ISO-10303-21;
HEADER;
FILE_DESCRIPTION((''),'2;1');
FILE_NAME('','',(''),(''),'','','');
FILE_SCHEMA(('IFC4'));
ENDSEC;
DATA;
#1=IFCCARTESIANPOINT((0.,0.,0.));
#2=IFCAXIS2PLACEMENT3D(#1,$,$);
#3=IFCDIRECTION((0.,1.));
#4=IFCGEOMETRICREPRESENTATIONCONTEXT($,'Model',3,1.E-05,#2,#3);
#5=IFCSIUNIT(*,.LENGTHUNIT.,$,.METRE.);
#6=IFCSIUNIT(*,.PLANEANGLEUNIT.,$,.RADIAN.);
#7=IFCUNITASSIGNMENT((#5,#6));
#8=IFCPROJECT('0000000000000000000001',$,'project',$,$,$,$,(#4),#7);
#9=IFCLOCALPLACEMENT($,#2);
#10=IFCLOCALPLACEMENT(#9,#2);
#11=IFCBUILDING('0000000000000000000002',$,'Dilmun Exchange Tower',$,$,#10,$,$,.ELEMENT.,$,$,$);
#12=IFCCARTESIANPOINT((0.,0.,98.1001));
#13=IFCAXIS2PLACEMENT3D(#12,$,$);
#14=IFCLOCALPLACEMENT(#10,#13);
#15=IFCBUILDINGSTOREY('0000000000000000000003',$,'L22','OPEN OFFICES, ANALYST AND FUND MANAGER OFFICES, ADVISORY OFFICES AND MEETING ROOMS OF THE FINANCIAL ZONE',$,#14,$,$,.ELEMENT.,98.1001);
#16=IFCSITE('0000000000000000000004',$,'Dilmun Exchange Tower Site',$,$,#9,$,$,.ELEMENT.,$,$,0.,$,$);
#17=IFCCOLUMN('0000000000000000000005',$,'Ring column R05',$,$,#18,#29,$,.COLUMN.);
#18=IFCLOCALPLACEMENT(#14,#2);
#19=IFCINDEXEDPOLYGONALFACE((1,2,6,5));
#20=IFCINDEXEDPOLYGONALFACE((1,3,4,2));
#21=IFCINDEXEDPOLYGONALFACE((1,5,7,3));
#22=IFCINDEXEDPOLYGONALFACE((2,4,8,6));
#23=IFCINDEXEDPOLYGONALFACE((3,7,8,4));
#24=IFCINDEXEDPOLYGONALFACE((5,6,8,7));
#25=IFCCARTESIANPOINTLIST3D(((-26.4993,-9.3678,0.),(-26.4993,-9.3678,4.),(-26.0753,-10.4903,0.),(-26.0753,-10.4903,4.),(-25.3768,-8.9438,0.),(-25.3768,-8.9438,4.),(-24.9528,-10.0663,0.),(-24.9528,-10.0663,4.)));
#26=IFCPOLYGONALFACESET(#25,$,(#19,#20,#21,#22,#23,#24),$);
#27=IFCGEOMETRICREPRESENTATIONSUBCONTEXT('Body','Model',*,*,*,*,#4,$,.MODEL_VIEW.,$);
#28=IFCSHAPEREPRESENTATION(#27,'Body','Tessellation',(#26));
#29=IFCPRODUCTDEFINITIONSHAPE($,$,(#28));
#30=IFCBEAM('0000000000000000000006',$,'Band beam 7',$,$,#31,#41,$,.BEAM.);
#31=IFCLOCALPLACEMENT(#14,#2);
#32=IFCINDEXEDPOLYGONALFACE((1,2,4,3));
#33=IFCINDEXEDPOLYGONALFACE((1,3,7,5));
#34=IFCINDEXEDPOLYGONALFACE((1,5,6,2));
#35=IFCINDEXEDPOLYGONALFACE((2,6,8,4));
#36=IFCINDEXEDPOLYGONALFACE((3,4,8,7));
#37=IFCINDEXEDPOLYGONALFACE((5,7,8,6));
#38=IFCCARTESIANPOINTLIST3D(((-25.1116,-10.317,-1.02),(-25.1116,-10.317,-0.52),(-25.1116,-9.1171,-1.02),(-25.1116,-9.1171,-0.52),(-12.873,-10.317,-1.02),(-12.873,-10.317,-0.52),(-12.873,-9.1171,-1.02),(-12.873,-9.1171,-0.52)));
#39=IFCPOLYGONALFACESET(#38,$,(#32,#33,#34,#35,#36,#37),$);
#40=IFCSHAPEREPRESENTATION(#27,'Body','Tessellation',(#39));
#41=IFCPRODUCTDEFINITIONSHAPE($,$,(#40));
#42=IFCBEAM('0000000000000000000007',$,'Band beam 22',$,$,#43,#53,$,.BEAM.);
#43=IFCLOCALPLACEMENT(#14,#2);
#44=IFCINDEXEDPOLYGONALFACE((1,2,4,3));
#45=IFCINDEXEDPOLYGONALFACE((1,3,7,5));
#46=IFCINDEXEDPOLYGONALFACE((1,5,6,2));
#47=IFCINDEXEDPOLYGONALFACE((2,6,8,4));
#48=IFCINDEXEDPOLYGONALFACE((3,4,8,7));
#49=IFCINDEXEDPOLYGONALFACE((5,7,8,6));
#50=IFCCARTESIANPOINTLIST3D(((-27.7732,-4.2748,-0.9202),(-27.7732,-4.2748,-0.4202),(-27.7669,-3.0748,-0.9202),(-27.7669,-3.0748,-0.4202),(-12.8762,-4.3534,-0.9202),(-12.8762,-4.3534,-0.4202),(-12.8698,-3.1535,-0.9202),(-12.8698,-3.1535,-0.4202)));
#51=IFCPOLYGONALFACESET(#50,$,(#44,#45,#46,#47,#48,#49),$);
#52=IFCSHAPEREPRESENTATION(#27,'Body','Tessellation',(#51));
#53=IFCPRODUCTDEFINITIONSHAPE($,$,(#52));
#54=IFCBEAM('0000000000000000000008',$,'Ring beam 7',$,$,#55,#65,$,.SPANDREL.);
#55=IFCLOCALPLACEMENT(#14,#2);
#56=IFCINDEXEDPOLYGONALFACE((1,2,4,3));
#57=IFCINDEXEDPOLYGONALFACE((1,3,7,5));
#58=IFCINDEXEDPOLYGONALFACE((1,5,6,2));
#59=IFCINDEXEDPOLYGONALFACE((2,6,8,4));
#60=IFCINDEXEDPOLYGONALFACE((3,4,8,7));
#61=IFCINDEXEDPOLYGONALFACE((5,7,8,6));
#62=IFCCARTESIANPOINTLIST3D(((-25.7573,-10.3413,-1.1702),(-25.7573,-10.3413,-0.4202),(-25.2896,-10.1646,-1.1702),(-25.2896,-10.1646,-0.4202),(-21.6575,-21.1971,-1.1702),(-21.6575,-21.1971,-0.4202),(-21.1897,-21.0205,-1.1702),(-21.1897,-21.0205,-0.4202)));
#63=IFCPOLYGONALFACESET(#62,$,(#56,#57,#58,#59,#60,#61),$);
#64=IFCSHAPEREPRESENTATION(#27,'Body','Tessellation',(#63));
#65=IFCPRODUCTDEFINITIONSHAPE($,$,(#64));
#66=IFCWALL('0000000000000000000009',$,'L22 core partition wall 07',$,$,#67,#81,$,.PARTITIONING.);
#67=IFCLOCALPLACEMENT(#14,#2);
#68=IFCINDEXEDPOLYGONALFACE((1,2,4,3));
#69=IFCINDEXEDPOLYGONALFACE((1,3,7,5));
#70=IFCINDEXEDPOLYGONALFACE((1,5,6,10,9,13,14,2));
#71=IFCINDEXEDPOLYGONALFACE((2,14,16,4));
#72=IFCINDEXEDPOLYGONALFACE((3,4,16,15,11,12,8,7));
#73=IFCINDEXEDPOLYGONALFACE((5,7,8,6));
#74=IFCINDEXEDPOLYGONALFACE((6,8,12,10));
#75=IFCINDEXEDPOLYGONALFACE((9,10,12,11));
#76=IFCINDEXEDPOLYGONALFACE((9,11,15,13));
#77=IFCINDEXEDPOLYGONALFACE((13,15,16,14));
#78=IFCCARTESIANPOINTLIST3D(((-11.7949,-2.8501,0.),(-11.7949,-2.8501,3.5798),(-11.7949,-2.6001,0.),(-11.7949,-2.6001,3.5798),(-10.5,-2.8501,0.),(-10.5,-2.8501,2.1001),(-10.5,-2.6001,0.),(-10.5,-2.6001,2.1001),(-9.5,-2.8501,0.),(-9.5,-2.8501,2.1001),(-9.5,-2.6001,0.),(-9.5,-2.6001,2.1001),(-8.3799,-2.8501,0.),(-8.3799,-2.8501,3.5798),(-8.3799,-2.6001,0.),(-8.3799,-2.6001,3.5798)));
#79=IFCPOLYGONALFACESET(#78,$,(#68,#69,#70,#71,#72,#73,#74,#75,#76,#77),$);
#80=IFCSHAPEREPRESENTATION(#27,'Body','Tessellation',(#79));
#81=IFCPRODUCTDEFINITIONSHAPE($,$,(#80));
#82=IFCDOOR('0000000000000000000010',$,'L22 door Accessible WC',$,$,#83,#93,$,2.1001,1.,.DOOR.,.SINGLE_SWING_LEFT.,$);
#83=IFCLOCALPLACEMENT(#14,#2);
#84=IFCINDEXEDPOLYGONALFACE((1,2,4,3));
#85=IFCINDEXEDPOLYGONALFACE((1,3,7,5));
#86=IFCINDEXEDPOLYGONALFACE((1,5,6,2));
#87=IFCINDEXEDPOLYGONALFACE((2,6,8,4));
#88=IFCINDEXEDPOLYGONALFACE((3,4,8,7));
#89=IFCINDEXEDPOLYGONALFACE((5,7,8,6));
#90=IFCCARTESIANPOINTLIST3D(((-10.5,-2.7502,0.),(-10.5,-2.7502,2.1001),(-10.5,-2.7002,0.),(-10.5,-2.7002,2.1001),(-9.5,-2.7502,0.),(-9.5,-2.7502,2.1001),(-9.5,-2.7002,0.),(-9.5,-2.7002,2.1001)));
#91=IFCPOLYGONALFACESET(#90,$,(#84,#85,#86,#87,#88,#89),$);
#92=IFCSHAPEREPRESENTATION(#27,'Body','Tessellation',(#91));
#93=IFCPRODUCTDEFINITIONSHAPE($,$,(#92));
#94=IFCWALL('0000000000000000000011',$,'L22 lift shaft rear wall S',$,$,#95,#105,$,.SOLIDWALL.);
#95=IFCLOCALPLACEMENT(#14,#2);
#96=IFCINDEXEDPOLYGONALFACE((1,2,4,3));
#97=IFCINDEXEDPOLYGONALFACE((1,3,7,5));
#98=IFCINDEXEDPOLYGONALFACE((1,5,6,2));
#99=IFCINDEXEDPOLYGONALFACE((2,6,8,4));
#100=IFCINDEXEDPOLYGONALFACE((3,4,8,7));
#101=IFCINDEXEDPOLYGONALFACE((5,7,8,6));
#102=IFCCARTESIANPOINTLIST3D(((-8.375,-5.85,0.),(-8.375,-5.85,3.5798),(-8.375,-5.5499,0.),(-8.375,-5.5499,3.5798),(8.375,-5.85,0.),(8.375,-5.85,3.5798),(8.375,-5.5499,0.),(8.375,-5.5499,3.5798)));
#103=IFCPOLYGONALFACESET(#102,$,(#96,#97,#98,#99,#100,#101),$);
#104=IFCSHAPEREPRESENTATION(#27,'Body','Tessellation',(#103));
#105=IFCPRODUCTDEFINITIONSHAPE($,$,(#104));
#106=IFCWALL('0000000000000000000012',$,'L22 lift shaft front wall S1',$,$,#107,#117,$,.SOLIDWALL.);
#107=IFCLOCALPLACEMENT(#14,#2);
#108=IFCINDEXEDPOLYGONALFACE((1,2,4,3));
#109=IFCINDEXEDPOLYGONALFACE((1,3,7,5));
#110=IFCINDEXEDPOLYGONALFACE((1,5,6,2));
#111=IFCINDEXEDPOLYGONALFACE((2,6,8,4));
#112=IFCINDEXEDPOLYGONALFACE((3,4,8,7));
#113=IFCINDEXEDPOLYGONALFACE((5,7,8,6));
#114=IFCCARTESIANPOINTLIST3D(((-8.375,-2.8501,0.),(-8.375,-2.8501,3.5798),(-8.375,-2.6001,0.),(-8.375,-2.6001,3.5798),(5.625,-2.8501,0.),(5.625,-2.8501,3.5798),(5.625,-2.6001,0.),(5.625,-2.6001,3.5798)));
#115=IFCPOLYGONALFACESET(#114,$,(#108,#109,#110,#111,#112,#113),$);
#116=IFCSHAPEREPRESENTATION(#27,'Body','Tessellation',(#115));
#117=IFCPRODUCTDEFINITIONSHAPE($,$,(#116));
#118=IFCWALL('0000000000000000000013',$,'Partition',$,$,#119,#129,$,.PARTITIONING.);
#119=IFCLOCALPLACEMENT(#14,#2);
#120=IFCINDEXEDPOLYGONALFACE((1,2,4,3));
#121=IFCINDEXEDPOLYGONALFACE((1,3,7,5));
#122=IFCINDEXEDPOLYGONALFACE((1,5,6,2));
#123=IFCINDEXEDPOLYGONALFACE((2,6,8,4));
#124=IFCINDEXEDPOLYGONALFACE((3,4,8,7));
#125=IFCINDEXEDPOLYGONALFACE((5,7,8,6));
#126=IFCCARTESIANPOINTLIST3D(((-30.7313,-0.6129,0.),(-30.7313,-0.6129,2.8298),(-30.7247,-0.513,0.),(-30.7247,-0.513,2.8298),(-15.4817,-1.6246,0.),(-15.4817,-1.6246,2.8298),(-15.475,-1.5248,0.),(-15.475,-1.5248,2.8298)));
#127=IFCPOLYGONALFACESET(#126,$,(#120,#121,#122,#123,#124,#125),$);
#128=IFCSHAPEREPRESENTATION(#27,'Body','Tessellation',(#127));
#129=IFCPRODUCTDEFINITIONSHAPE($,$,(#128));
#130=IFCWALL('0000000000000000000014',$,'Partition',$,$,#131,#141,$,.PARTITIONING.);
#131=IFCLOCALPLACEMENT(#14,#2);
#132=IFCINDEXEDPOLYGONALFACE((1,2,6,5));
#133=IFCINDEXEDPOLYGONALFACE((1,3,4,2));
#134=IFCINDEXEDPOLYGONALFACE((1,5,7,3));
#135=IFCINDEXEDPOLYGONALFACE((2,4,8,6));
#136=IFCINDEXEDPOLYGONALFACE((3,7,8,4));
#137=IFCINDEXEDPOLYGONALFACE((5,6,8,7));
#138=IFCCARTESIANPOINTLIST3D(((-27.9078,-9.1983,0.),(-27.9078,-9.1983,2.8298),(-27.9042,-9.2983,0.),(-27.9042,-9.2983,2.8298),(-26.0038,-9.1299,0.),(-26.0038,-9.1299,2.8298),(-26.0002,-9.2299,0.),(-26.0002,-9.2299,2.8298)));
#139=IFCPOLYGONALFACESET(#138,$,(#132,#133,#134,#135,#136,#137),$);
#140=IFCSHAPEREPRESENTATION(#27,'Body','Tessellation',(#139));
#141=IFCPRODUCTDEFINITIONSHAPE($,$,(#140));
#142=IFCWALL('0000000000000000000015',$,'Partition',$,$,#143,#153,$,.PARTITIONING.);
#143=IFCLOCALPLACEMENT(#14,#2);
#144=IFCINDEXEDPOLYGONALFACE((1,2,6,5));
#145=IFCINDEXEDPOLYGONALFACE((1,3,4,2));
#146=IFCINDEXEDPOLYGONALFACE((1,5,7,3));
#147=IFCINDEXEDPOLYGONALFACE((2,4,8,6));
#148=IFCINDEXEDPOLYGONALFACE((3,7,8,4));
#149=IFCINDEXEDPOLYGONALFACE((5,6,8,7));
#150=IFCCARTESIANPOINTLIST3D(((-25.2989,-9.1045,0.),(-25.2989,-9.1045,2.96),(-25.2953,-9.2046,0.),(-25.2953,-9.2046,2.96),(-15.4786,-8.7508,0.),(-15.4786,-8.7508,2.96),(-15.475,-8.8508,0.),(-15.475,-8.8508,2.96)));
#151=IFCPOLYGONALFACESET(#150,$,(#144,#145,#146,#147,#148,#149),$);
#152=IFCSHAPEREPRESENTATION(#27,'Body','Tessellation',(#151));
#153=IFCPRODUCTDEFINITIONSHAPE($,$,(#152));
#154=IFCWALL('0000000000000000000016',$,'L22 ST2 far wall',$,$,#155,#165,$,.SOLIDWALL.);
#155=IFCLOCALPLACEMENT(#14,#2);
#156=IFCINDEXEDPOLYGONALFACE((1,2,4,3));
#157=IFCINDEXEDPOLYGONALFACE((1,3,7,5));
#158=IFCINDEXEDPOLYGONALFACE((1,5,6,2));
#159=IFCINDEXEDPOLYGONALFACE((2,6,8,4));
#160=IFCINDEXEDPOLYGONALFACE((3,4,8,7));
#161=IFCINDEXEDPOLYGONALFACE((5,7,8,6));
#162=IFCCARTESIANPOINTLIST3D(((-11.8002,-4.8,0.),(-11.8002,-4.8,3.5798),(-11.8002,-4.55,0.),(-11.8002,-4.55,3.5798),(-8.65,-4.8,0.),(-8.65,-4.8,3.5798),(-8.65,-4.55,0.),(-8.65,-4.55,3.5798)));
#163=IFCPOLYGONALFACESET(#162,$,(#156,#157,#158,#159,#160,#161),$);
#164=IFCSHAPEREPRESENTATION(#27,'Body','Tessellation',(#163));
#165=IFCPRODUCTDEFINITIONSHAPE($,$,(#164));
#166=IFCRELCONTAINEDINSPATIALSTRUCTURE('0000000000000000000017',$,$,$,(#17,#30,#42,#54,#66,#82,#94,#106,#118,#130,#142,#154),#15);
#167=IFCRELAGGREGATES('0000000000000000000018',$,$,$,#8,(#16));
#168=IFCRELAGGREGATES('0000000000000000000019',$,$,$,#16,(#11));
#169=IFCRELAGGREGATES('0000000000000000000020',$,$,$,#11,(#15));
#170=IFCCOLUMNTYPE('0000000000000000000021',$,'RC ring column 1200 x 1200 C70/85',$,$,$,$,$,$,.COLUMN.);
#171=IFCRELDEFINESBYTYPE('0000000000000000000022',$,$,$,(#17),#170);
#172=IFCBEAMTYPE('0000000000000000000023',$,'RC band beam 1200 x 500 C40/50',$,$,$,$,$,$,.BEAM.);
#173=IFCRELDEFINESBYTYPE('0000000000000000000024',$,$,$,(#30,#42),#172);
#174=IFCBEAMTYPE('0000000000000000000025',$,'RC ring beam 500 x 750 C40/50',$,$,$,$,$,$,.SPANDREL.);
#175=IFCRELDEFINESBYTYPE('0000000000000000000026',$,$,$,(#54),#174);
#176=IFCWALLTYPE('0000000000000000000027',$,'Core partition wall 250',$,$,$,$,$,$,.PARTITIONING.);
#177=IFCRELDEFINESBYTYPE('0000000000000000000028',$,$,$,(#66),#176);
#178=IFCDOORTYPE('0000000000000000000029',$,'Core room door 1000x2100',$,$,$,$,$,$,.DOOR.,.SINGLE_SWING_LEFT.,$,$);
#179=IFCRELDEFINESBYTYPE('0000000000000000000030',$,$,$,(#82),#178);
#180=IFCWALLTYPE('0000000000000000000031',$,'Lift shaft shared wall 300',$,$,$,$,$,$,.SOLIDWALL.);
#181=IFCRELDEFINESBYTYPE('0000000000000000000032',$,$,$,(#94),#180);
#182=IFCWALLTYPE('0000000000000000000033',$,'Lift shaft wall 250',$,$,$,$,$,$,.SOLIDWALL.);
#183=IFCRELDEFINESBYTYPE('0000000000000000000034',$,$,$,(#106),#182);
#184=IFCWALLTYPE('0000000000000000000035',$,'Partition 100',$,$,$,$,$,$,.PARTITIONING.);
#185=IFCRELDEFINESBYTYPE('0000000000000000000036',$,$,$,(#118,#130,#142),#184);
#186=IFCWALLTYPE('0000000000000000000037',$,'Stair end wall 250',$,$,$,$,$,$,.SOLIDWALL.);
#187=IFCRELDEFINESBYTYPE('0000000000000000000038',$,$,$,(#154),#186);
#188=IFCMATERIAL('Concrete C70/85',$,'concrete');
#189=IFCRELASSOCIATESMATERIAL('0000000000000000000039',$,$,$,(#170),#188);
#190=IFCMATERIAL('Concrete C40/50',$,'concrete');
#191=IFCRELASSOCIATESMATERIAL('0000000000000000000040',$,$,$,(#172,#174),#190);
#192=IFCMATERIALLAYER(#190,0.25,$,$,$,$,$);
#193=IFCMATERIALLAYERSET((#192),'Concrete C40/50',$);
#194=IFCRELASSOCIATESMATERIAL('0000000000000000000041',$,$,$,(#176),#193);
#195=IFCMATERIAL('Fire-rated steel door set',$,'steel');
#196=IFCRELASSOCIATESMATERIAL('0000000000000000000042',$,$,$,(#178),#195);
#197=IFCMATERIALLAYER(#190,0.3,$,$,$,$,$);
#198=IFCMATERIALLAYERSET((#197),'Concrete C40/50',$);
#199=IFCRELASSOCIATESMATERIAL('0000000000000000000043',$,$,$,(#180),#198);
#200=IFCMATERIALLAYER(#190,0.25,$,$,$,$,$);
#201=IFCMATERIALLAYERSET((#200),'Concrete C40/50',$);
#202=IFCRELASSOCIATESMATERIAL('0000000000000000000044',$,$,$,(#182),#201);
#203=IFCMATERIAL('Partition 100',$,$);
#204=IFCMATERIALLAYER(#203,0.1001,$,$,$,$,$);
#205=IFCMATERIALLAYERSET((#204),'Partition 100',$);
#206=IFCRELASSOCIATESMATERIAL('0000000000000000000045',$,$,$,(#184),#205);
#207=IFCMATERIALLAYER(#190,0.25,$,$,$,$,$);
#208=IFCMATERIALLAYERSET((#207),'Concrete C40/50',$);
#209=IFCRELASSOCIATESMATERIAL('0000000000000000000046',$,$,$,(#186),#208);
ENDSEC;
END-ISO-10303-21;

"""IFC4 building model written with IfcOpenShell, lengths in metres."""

from ifc_helpers import new_model, si_unit, direction, frame, frame_2d, origin, origin_2d, place, context, subcontext, project, spatial, rectangle, extrude, material, layer, layer_set, material_profile, profile_set, type_object, element, fill, save


model = new_model("IFC4")

# Units and contexts
model_context = context("Model", 3, precision=1e-05, world=origin(), true_north=direction((0.0, 1.0)))
body_context = subcontext(model_context, "Body", "Model", "MODEL_VIEW")
ifc_project = project(units=[si_unit("LENGTHUNIT", "METRE"), si_unit("PLANEANGLEUNIT", "RADIAN")], contexts=[model_context])

# Site, building, storey
site_placement = place(None, origin())
site = spatial("IfcSite", under=ifc_project, at=site_placement, Name="Dilmun Exchange Tower Site", CompositionType="ELEMENT", RefElevation=0.0)
building_placement = place(site_placement, origin())
building = spatial("IfcBuilding", under=site, at=building_placement, Name="Dilmun Exchange Tower", CompositionType="ELEMENT")
storey_placement = place(building_placement, frame((0.0, 0.0, 98.1001)))
storey = spatial("IfcBuildingStorey", under=building, at=storey_placement, Name="L22", Description="OPEN OFFICES, ANALYST AND FUND MANAGER OFFICES, ADVISORY OFFICES AND MEETING ROOMS OF THE FINANCIAL ZONE", CompositionType="ELEMENT", Elevation=98.1001)

# Column
ifc_material_1 = material(Name="Concrete C70/85", Category="concrete")
ifc_material_profile_1 = material_profile(ifc_material_1, rectangle(XDim=1.2, YDim=1.2, at=origin_2d()), Name="1200 x 1200")
ifc_profile_set_1 = profile_set([ifc_material_profile_1], Name="Concrete C70/85")
column_type = type_object("IfcColumnType", Name="RC ring column 1200 x 1200 C70/85", PredefinedType="COLUMN", material=ifc_profile_set_1)
column_placement = place(storey_placement, frame((-25.7261, -9.717, 0.0), z_axis=(0.0, 0.0, 1.0), x_axis=(0.935492, 0.353349, 0.0)))
element("IfcColumn", 1, at=column_placement, inside=storey, type_object=column_type, Name="Ring column R05", PredefinedType="COLUMN", context=body_context, shape_type="SweptSolid", body=[
    extrude(rectangle(XDim=1.2, YDim=1.2, at=origin_2d()), origin(), (0.0, 0.0, 1.0), 4.0),
])

# Beams
ifc_material_2 = material(Name="Concrete C40/50", Category="concrete")
ifc_material_profile_2 = material_profile(ifc_material_2, rectangle(XDim=1.2, YDim=0.5, at=origin_2d()), Name="1200 x 500")
ifc_profile_set_2 = profile_set([ifc_material_profile_2], Name="Concrete C40/50")
beam_type_1 = type_object("IfcBeamType", Name="RC band beam 1200 x 500 C40/50", PredefinedType="BEAM", material=ifc_profile_set_2)
beam_1_placement = place(storey_placement, frame((-25.1116, -9.717, -0.77), z_axis=(1.0, 0.0, 0.0), x_axis=(0.0, 1.0, 0.0)))
element("IfcBeam", 2, at=beam_1_placement, inside=storey, type_object=beam_type_1, Name="Band beam 7", PredefinedType="BEAM", context=body_context, shape_type="SweptSolid", body=[
    extrude(rectangle(XDim=1.2, YDim=0.5, at=origin_2d()), origin(), (0.0, 0.0, 1.0), 12.2385),
])
beam_2_placement = place(storey_placement, frame((-27.77, -3.6748, -0.6702), z_axis=(0.999986, -0.005277, 0.0), x_axis=(0.005277, 0.999986, 0.0)))
element("IfcBeam", 3, at=beam_2_placement, inside=storey, type_object=beam_type_1, Name="Band beam 22", PredefinedType="BEAM", context=body_context, shape_type="SweptSolid", body=[
    extrude(rectangle(XDim=1.2, YDim=0.5, at=origin_2d()), origin(), (0.0, 0.0, 1.0), 14.8972),
])
ifc_material_profile_3 = material_profile(ifc_material_2, rectangle(XDim=0.5, YDim=0.75, at=origin_2d()), Name="500 x 750")
ifc_profile_set_3 = profile_set([ifc_material_profile_3], Name="Concrete C40/50")
beam_type_2 = type_object("IfcBeamType", Name="RC ring beam 500 x 750 C40/50", PredefinedType="SPANDREL", material=ifc_profile_set_3)
beam_3_placement = place(storey_placement, frame((-25.5234, -10.2529, -0.7952), z_axis=(0.353304, -0.935509, 0.0), x_axis=(0.935509, 0.353304, 0.0)))
element("IfcBeam", 4, at=beam_3_placement, inside=storey, type_object=beam_type_2, Name="Ring beam 7", PredefinedType="SPANDREL", context=body_context, shape_type="SweptSolid", body=[
    extrude(rectangle(XDim=0.5, YDim=0.75, at=origin_2d()), origin(), (0.0, 0.0, 1.0), 11.6042),
])

# Wall, opening, door
ifc_layer_1 = layer(ifc_material_2, 0.25)
ifc_layer_set_1 = layer_set([ifc_layer_1], Name="Concrete C40/50")
wall_type_1 = type_object("IfcWallType", Name="Core partition wall 250", PredefinedType="PARTITIONING", material=ifc_layer_set_1)
wall_1_placement = place(storey_placement, frame((-11.7949, -2.7251, 0.0), z_axis=(0.0, 0.0, 1.0), x_axis=(1.0, 0.0, 0.0)))
wall_1 = element("IfcWall", 5, at=wall_1_placement, inside=storey, type_object=wall_type_1, Name="L22 core partition wall 07", PredefinedType="PARTITIONING", context=body_context, shape_type="SweptSolid", body=[
    extrude(rectangle(XDim=3.415, YDim=0.25, at=frame_2d((1.7075, 0.0))), origin(), (0.0, 0.0, 1.0), 3.5798),
])
opening_1_placement = place(wall_1_placement, frame((1.2949, 0.0, 0.0)))
opening_1 = element("IfcOpeningElement", 6, at=opening_1_placement, cuts=wall_1, PredefinedType="OPENING", context=body_context, shape_type="SweptSolid", body=[
    extrude(rectangle(XDim=1.0, YDim=2.1001, at=frame_2d((0.5, 1.05))), frame((0.0, 0.135, 0.0), z_axis=(0.0, -1.0, 0.0), x_axis=(1.0, 0.0, 0.0)), (0.0, 0.0, 1.0), 0.27),
])
ifc_material_3 = material(Name="Fire-rated steel door set", Category="steel")
door_type = type_object("IfcDoorType", Name="Core room door 1000x2100", OperationType="SINGLE_SWING_LEFT", PredefinedType="DOOR", material=ifc_material_3)
door_1_placement = place(opening_1_placement, origin())
door_1 = element("IfcDoor", 7, at=door_1_placement, inside=storey, type_object=door_type, Name="L22 door Accessible WC", OperationType="SINGLE_SWING_LEFT", OverallHeight=2.1001, OverallWidth=1.0, PredefinedType="DOOR", context=body_context, shape_type="SweptSolid", body=[
    extrude(rectangle(XDim=1.0, YDim=2.1001, at=frame_2d((0.5, 1.05))), frame((0.0, 0.0249, 0.0), z_axis=(0.0, -1.0, 0.0), x_axis=(1.0, 0.0, 0.0)), (0.0, 0.0, 1.0), 0.05),
])
fill(opening_1, door_1)

# Walls
ifc_layer_2 = layer(ifc_material_2, 0.3)
ifc_layer_set_2 = layer_set([ifc_layer_2], Name="Concrete C40/50")
wall_type_2 = type_object("IfcWallType", Name="Lift shaft shared wall 300", PredefinedType="SOLIDWALL", material=ifc_layer_set_2)
wall_2_placement = place(storey_placement, frame((-8.375, -5.7, 0.0), z_axis=(0.0, 0.0, 1.0), x_axis=(1.0, 0.0, 0.0)))
element("IfcWall", 8, at=wall_2_placement, inside=storey, type_object=wall_type_2, Name="L22 lift shaft rear wall S", PredefinedType="SOLIDWALL", context=body_context, shape_type="SweptSolid", body=[
    extrude(rectangle(XDim=16.75, YDim=0.3, at=frame_2d((8.375, 0.0))), origin(), (0.0, 0.0, 1.0), 3.5798),
])
ifc_layer_3 = layer(ifc_material_2, 0.25)
ifc_layer_set_3 = layer_set([ifc_layer_3], Name="Concrete C40/50")
wall_type_3 = type_object("IfcWallType", Name="Lift shaft wall 250", PredefinedType="SOLIDWALL", material=ifc_layer_set_3)
wall_3_placement = place(storey_placement, frame((-8.375, -2.7251, 0.0), z_axis=(0.0, 0.0, 1.0), x_axis=(1.0, 0.0, 0.0)))
element("IfcWall", 9, at=wall_3_placement, inside=storey, type_object=wall_type_3, Name="L22 lift shaft front wall S1", PredefinedType="SOLIDWALL", context=body_context, shape_type="SweptSolid", body=[
    extrude(rectangle(XDim=14.0, YDim=0.25, at=frame_2d((7.0, 0.0))), origin(), (0.0, 0.0, 1.0), 3.5798),
])
ifc_material_4 = material(Name="Partition 100")
ifc_layer_4 = layer(ifc_material_4, 0.1001)
ifc_layer_set_4 = layer_set([ifc_layer_4], Name="Partition 100")
wall_type_4 = type_object("IfcWallType", Name="Partition 100", PredefinedType="PARTITIONING", material=ifc_layer_set_4)
wall_4_placement = place(storey_placement, frame((-30.728, -0.563, 0.0), z_axis=(0.0, 0.0, 1.0), x_axis=(0.997807, -0.066198, 0.0)))
element("IfcWall", 10, at=wall_4_placement, inside=storey, type_object=wall_type_4, Name="Partition", PredefinedType="PARTITIONING", context=body_context, shape_type="SweptSolid", body=[
    extrude(rectangle(XDim=15.2832, YDim=0.1001, at=frame_2d((7.6416, 0.0))), origin(), (0.0, 0.0, 1.0), 2.8298),
])
wall_5_placement = place(storey_placement, frame((-27.906, -9.2483, 0.0), z_axis=(0.0, 0.0, 1.0), x_axis=(0.999356, 0.035879, 0.0)))
element("IfcWall", 11, at=wall_5_placement, inside=storey, type_object=wall_type_4, Name="Partition", PredefinedType="PARTITIONING", context=body_context, shape_type="SweptSolid", body=[
    extrude(rectangle(XDim=1.9053, YDim=0.1001, at=frame_2d((0.9526, 0.0))), origin(), (0.0, 0.0, 1.0), 2.8298),
])
wall_6_placement = place(storey_placement, frame((-25.2971, -9.1545, 0.0), z_axis=(0.0, 0.0, 1.0), x_axis=(0.999352, 0.036, 0.0)))
element("IfcWall", 12, at=wall_6_placement, inside=storey, type_object=wall_type_4, Name="Partition", PredefinedType="PARTITIONING", context=body_context, shape_type="SweptSolid", body=[
    extrude(rectangle(XDim=9.8267, YDim=0.1001, at=frame_2d((4.9133, 0.0))), origin(), (0.0, 0.0, 1.0), 2.96),
])
ifc_layer_5 = layer(ifc_material_2, 0.25)
ifc_layer_set_5 = layer_set([ifc_layer_5], Name="Concrete C40/50")
wall_type_5 = type_object("IfcWallType", Name="Stair end wall 250", PredefinedType="SOLIDWALL", material=ifc_layer_set_5)
wall_7_placement = place(storey_placement, frame((-8.6499, -4.675, 0.0), z_axis=(0.0, 0.0, 1.0), x_axis=(-1.0, 0.0, 0.0)))
element("IfcWall", 13, at=wall_7_placement, inside=storey, type_object=wall_type_5, Name="L22 ST2 far wall", PredefinedType="SOLIDWALL", context=body_context, shape_type="SweptSolid", body=[
    extrude(rectangle(XDim=3.1501, YDim=0.25, at=frame_2d((1.5752, 0.0))), origin(), (0.0, 0.0, 1.0), 3.5798),
])

save(model, "model.ifc")
